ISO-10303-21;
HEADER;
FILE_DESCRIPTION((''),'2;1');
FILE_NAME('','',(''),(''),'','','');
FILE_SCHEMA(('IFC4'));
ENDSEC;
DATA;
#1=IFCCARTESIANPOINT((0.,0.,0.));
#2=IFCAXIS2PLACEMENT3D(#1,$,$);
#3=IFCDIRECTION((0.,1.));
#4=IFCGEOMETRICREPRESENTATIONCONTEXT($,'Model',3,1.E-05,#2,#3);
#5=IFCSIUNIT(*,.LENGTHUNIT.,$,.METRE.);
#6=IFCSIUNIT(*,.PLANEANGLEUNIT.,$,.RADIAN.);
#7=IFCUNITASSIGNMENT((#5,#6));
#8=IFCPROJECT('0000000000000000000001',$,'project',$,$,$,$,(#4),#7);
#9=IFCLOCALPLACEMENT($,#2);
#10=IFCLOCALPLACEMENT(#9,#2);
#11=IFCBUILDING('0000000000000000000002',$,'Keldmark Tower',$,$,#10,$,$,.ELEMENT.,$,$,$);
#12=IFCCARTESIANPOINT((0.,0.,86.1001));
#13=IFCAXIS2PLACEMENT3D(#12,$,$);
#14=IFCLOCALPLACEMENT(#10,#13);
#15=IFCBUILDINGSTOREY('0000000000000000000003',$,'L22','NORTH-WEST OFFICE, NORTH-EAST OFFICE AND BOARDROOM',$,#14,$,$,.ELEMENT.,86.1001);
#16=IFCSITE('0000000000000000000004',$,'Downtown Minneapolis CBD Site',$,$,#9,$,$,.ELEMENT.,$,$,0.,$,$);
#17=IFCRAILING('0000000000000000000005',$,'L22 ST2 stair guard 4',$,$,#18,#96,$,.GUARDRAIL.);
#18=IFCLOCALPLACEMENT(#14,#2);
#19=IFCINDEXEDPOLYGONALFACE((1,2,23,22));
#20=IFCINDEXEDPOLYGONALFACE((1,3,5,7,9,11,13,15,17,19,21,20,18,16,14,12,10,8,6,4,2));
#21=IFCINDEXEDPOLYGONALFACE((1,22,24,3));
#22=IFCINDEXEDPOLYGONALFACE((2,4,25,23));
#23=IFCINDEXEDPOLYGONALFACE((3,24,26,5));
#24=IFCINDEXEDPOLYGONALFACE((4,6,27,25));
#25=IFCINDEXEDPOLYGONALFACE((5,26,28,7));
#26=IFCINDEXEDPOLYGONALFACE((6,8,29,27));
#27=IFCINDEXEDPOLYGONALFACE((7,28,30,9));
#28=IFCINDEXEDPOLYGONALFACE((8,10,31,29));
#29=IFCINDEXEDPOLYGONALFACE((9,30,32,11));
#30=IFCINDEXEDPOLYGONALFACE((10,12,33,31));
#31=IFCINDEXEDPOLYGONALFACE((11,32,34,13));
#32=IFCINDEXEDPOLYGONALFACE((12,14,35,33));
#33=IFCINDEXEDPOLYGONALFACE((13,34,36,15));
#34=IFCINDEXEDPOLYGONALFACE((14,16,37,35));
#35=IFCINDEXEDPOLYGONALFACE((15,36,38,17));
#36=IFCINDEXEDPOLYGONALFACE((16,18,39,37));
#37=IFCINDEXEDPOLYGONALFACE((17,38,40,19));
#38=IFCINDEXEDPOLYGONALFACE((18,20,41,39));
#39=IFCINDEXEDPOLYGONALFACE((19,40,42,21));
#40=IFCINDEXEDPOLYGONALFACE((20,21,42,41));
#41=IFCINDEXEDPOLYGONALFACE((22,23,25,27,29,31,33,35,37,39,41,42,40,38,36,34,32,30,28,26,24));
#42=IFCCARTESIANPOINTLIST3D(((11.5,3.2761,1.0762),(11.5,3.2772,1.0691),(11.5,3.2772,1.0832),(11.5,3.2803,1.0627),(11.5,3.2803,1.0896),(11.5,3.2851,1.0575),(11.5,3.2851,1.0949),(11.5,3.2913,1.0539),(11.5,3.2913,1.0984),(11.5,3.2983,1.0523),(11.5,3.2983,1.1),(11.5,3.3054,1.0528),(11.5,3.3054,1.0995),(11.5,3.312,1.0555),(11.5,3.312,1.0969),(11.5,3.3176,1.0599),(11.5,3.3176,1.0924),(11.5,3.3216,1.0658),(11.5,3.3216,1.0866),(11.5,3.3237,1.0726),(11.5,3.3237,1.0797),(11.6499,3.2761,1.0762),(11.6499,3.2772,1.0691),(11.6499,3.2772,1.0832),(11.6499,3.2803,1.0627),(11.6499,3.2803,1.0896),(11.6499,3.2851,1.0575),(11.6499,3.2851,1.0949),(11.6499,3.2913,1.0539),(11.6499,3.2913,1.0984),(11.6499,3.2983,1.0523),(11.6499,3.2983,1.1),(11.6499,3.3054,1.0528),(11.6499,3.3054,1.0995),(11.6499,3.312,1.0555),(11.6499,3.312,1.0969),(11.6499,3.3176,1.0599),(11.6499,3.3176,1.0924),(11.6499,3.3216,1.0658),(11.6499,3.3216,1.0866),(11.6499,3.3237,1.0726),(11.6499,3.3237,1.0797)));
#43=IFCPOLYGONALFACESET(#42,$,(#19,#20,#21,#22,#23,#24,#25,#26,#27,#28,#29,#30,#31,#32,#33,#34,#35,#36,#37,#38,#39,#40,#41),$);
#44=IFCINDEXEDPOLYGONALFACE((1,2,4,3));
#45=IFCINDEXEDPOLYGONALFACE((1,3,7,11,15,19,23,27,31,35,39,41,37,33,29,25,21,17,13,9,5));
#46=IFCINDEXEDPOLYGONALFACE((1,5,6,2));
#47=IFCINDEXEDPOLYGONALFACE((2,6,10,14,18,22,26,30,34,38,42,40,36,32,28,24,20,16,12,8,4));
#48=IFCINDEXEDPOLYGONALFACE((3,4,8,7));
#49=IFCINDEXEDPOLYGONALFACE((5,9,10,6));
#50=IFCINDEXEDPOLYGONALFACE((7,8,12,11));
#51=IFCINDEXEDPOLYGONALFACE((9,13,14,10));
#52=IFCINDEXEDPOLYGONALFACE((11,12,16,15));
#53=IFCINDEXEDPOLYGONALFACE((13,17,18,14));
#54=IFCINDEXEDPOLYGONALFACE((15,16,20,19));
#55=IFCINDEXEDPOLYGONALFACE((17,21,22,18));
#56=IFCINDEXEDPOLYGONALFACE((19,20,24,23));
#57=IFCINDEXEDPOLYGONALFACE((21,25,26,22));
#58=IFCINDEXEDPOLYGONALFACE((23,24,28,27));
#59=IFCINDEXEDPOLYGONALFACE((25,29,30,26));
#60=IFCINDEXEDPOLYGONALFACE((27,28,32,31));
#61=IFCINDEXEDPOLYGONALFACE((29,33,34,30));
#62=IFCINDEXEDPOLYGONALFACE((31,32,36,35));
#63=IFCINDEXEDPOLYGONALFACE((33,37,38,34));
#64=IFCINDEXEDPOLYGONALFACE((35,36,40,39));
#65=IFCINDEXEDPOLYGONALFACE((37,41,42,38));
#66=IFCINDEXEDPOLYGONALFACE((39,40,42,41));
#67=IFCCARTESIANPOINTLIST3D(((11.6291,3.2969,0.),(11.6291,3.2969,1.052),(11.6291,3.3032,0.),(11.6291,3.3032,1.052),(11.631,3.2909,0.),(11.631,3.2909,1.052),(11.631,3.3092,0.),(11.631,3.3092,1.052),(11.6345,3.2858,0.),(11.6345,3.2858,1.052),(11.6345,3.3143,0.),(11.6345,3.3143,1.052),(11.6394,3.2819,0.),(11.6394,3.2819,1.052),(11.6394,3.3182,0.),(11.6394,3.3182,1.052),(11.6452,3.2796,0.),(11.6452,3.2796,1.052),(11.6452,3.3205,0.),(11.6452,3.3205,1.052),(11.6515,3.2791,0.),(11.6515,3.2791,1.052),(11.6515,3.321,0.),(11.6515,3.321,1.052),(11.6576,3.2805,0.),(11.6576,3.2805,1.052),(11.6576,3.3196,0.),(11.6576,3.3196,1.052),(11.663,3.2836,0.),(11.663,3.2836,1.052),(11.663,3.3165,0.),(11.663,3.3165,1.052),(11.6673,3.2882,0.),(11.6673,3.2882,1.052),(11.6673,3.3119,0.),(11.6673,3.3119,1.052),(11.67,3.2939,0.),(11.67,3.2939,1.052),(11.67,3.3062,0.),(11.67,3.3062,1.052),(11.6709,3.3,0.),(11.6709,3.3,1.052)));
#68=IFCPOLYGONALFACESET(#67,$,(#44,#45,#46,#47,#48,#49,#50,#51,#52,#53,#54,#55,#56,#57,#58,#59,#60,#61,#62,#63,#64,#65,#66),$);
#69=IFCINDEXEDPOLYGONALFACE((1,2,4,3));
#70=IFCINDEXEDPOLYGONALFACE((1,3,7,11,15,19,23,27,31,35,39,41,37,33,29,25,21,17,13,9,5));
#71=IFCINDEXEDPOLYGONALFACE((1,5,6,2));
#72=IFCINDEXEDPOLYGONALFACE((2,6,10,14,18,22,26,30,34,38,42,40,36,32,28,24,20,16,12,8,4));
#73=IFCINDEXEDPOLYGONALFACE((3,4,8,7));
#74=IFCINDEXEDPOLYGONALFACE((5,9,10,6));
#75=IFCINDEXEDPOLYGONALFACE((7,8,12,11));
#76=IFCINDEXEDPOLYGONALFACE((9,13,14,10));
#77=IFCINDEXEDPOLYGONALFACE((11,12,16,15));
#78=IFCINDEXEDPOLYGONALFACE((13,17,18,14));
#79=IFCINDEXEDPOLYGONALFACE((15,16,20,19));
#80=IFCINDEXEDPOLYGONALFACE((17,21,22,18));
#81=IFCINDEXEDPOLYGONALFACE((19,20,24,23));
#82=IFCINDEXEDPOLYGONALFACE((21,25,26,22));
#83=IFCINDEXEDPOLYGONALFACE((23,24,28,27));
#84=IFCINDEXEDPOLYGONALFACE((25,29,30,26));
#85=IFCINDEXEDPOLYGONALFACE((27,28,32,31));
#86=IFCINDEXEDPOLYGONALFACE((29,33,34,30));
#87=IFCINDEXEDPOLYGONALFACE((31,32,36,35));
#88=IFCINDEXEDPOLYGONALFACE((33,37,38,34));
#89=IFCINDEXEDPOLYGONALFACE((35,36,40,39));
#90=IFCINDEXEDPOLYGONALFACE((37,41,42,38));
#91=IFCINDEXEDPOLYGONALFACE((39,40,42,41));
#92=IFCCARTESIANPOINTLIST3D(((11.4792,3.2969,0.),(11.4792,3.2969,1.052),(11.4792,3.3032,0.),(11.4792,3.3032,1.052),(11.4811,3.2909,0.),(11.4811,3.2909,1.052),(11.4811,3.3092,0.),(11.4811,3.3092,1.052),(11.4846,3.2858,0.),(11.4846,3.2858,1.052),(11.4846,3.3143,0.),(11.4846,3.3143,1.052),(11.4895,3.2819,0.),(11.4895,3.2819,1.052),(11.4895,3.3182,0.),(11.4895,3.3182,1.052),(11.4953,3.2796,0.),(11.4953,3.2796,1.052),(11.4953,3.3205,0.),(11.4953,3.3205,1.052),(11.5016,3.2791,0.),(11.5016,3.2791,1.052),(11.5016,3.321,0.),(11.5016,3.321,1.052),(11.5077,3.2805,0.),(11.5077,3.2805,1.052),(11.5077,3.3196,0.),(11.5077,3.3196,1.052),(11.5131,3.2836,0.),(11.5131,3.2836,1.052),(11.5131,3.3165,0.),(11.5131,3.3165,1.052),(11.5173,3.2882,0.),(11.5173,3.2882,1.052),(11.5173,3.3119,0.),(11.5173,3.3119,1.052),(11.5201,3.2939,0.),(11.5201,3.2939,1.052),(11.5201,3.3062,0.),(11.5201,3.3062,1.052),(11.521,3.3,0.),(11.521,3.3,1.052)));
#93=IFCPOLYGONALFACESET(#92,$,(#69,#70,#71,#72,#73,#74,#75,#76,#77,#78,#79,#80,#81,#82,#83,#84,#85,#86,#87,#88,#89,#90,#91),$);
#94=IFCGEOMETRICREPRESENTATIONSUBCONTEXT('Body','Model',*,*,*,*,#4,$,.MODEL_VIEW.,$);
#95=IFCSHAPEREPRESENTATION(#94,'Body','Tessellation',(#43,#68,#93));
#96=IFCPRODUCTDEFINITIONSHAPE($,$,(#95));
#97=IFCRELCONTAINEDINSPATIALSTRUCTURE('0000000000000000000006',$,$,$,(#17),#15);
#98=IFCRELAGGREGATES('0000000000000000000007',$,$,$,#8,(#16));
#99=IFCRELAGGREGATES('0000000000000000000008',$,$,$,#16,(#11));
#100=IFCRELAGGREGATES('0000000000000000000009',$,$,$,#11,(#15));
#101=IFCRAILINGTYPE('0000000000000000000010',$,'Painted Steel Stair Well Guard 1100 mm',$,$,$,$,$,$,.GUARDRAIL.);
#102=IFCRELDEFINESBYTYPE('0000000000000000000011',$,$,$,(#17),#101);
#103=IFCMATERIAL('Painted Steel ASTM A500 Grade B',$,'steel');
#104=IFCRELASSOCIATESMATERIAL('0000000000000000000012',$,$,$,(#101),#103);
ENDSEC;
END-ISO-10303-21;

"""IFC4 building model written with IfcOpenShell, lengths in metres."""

from ifc_helpers import new_model, si_unit, direction, frame, origin, origin_2d, place, context, subcontext, project, spatial, circle, extrude, material, type_object, element, save


model = new_model("IFC4")

# Units and contexts
model_context = context("Model", 3, precision=1e-05, world=origin(), true_north=direction((0.0, 1.0)))
body_context = subcontext(model_context, "Body", "Model", "MODEL_VIEW")
ifc_project = project(units=[si_unit("LENGTHUNIT", "METRE"), si_unit("PLANEANGLEUNIT", "RADIAN")], contexts=[model_context])

# Site, building, storey
site_placement = place(None, origin())
site = spatial("IfcSite", under=ifc_project, at=site_placement, Name="Downtown Minneapolis CBD Site", CompositionType="ELEMENT", RefElevation=0.0)
building_placement = place(site_placement, origin())
building = spatial("IfcBuilding", under=site, at=building_placement, Name="Keldmark Tower", CompositionType="ELEMENT")
storey_placement = place(building_placement, frame((0.0, 0.0, 86.1001)))
storey = spatial("IfcBuildingStorey", under=building, at=storey_placement, Name="L22", Description="NORTH-WEST OFFICE, NORTH-EAST OFFICE AND BOARDROOM", CompositionType="ELEMENT", Elevation=86.1001)

# Railing
ifc_material_1 = material(Name="Painted Steel ASTM A500 Grade B", Category="steel")
railing_type_1 = type_object("IfcRailingType", Name="Painted Steel Stair Well Guard 1100 mm", PredefinedType="GUARDRAIL", material=ifc_material_1)
railing_1_placement = place(storey_placement, frame((11.6499, 3.3, 0.0)))
element("IfcRailing", 1, at=railing_1_placement, inside=storey, type_object=railing_type_1, Name="L22 ST2 stair guard 4", PredefinedType="GUARDRAIL", context=body_context, shape_type="SweptSolid", body=[
    extrude(circle(Radius=0.0239, at=origin_2d()), frame((0.0, 0.0, 1.0762), z_axis=(-1.0, 0.0, 0.0), x_axis=(0.0, -1.0, 0.0)), (0.0, 0.0, 1.0), 0.1499),
    extrude(circle(Radius=0.021, at=origin_2d()), origin(), (0.0, 0.0, 1.0), 1.052),
    extrude(circle(Radius=0.021, at=origin_2d()), frame((-0.1499, 0.0, 0.0)), (0.0, 0.0, 1.0), 1.052),
])

save(model, "model.ifc")
